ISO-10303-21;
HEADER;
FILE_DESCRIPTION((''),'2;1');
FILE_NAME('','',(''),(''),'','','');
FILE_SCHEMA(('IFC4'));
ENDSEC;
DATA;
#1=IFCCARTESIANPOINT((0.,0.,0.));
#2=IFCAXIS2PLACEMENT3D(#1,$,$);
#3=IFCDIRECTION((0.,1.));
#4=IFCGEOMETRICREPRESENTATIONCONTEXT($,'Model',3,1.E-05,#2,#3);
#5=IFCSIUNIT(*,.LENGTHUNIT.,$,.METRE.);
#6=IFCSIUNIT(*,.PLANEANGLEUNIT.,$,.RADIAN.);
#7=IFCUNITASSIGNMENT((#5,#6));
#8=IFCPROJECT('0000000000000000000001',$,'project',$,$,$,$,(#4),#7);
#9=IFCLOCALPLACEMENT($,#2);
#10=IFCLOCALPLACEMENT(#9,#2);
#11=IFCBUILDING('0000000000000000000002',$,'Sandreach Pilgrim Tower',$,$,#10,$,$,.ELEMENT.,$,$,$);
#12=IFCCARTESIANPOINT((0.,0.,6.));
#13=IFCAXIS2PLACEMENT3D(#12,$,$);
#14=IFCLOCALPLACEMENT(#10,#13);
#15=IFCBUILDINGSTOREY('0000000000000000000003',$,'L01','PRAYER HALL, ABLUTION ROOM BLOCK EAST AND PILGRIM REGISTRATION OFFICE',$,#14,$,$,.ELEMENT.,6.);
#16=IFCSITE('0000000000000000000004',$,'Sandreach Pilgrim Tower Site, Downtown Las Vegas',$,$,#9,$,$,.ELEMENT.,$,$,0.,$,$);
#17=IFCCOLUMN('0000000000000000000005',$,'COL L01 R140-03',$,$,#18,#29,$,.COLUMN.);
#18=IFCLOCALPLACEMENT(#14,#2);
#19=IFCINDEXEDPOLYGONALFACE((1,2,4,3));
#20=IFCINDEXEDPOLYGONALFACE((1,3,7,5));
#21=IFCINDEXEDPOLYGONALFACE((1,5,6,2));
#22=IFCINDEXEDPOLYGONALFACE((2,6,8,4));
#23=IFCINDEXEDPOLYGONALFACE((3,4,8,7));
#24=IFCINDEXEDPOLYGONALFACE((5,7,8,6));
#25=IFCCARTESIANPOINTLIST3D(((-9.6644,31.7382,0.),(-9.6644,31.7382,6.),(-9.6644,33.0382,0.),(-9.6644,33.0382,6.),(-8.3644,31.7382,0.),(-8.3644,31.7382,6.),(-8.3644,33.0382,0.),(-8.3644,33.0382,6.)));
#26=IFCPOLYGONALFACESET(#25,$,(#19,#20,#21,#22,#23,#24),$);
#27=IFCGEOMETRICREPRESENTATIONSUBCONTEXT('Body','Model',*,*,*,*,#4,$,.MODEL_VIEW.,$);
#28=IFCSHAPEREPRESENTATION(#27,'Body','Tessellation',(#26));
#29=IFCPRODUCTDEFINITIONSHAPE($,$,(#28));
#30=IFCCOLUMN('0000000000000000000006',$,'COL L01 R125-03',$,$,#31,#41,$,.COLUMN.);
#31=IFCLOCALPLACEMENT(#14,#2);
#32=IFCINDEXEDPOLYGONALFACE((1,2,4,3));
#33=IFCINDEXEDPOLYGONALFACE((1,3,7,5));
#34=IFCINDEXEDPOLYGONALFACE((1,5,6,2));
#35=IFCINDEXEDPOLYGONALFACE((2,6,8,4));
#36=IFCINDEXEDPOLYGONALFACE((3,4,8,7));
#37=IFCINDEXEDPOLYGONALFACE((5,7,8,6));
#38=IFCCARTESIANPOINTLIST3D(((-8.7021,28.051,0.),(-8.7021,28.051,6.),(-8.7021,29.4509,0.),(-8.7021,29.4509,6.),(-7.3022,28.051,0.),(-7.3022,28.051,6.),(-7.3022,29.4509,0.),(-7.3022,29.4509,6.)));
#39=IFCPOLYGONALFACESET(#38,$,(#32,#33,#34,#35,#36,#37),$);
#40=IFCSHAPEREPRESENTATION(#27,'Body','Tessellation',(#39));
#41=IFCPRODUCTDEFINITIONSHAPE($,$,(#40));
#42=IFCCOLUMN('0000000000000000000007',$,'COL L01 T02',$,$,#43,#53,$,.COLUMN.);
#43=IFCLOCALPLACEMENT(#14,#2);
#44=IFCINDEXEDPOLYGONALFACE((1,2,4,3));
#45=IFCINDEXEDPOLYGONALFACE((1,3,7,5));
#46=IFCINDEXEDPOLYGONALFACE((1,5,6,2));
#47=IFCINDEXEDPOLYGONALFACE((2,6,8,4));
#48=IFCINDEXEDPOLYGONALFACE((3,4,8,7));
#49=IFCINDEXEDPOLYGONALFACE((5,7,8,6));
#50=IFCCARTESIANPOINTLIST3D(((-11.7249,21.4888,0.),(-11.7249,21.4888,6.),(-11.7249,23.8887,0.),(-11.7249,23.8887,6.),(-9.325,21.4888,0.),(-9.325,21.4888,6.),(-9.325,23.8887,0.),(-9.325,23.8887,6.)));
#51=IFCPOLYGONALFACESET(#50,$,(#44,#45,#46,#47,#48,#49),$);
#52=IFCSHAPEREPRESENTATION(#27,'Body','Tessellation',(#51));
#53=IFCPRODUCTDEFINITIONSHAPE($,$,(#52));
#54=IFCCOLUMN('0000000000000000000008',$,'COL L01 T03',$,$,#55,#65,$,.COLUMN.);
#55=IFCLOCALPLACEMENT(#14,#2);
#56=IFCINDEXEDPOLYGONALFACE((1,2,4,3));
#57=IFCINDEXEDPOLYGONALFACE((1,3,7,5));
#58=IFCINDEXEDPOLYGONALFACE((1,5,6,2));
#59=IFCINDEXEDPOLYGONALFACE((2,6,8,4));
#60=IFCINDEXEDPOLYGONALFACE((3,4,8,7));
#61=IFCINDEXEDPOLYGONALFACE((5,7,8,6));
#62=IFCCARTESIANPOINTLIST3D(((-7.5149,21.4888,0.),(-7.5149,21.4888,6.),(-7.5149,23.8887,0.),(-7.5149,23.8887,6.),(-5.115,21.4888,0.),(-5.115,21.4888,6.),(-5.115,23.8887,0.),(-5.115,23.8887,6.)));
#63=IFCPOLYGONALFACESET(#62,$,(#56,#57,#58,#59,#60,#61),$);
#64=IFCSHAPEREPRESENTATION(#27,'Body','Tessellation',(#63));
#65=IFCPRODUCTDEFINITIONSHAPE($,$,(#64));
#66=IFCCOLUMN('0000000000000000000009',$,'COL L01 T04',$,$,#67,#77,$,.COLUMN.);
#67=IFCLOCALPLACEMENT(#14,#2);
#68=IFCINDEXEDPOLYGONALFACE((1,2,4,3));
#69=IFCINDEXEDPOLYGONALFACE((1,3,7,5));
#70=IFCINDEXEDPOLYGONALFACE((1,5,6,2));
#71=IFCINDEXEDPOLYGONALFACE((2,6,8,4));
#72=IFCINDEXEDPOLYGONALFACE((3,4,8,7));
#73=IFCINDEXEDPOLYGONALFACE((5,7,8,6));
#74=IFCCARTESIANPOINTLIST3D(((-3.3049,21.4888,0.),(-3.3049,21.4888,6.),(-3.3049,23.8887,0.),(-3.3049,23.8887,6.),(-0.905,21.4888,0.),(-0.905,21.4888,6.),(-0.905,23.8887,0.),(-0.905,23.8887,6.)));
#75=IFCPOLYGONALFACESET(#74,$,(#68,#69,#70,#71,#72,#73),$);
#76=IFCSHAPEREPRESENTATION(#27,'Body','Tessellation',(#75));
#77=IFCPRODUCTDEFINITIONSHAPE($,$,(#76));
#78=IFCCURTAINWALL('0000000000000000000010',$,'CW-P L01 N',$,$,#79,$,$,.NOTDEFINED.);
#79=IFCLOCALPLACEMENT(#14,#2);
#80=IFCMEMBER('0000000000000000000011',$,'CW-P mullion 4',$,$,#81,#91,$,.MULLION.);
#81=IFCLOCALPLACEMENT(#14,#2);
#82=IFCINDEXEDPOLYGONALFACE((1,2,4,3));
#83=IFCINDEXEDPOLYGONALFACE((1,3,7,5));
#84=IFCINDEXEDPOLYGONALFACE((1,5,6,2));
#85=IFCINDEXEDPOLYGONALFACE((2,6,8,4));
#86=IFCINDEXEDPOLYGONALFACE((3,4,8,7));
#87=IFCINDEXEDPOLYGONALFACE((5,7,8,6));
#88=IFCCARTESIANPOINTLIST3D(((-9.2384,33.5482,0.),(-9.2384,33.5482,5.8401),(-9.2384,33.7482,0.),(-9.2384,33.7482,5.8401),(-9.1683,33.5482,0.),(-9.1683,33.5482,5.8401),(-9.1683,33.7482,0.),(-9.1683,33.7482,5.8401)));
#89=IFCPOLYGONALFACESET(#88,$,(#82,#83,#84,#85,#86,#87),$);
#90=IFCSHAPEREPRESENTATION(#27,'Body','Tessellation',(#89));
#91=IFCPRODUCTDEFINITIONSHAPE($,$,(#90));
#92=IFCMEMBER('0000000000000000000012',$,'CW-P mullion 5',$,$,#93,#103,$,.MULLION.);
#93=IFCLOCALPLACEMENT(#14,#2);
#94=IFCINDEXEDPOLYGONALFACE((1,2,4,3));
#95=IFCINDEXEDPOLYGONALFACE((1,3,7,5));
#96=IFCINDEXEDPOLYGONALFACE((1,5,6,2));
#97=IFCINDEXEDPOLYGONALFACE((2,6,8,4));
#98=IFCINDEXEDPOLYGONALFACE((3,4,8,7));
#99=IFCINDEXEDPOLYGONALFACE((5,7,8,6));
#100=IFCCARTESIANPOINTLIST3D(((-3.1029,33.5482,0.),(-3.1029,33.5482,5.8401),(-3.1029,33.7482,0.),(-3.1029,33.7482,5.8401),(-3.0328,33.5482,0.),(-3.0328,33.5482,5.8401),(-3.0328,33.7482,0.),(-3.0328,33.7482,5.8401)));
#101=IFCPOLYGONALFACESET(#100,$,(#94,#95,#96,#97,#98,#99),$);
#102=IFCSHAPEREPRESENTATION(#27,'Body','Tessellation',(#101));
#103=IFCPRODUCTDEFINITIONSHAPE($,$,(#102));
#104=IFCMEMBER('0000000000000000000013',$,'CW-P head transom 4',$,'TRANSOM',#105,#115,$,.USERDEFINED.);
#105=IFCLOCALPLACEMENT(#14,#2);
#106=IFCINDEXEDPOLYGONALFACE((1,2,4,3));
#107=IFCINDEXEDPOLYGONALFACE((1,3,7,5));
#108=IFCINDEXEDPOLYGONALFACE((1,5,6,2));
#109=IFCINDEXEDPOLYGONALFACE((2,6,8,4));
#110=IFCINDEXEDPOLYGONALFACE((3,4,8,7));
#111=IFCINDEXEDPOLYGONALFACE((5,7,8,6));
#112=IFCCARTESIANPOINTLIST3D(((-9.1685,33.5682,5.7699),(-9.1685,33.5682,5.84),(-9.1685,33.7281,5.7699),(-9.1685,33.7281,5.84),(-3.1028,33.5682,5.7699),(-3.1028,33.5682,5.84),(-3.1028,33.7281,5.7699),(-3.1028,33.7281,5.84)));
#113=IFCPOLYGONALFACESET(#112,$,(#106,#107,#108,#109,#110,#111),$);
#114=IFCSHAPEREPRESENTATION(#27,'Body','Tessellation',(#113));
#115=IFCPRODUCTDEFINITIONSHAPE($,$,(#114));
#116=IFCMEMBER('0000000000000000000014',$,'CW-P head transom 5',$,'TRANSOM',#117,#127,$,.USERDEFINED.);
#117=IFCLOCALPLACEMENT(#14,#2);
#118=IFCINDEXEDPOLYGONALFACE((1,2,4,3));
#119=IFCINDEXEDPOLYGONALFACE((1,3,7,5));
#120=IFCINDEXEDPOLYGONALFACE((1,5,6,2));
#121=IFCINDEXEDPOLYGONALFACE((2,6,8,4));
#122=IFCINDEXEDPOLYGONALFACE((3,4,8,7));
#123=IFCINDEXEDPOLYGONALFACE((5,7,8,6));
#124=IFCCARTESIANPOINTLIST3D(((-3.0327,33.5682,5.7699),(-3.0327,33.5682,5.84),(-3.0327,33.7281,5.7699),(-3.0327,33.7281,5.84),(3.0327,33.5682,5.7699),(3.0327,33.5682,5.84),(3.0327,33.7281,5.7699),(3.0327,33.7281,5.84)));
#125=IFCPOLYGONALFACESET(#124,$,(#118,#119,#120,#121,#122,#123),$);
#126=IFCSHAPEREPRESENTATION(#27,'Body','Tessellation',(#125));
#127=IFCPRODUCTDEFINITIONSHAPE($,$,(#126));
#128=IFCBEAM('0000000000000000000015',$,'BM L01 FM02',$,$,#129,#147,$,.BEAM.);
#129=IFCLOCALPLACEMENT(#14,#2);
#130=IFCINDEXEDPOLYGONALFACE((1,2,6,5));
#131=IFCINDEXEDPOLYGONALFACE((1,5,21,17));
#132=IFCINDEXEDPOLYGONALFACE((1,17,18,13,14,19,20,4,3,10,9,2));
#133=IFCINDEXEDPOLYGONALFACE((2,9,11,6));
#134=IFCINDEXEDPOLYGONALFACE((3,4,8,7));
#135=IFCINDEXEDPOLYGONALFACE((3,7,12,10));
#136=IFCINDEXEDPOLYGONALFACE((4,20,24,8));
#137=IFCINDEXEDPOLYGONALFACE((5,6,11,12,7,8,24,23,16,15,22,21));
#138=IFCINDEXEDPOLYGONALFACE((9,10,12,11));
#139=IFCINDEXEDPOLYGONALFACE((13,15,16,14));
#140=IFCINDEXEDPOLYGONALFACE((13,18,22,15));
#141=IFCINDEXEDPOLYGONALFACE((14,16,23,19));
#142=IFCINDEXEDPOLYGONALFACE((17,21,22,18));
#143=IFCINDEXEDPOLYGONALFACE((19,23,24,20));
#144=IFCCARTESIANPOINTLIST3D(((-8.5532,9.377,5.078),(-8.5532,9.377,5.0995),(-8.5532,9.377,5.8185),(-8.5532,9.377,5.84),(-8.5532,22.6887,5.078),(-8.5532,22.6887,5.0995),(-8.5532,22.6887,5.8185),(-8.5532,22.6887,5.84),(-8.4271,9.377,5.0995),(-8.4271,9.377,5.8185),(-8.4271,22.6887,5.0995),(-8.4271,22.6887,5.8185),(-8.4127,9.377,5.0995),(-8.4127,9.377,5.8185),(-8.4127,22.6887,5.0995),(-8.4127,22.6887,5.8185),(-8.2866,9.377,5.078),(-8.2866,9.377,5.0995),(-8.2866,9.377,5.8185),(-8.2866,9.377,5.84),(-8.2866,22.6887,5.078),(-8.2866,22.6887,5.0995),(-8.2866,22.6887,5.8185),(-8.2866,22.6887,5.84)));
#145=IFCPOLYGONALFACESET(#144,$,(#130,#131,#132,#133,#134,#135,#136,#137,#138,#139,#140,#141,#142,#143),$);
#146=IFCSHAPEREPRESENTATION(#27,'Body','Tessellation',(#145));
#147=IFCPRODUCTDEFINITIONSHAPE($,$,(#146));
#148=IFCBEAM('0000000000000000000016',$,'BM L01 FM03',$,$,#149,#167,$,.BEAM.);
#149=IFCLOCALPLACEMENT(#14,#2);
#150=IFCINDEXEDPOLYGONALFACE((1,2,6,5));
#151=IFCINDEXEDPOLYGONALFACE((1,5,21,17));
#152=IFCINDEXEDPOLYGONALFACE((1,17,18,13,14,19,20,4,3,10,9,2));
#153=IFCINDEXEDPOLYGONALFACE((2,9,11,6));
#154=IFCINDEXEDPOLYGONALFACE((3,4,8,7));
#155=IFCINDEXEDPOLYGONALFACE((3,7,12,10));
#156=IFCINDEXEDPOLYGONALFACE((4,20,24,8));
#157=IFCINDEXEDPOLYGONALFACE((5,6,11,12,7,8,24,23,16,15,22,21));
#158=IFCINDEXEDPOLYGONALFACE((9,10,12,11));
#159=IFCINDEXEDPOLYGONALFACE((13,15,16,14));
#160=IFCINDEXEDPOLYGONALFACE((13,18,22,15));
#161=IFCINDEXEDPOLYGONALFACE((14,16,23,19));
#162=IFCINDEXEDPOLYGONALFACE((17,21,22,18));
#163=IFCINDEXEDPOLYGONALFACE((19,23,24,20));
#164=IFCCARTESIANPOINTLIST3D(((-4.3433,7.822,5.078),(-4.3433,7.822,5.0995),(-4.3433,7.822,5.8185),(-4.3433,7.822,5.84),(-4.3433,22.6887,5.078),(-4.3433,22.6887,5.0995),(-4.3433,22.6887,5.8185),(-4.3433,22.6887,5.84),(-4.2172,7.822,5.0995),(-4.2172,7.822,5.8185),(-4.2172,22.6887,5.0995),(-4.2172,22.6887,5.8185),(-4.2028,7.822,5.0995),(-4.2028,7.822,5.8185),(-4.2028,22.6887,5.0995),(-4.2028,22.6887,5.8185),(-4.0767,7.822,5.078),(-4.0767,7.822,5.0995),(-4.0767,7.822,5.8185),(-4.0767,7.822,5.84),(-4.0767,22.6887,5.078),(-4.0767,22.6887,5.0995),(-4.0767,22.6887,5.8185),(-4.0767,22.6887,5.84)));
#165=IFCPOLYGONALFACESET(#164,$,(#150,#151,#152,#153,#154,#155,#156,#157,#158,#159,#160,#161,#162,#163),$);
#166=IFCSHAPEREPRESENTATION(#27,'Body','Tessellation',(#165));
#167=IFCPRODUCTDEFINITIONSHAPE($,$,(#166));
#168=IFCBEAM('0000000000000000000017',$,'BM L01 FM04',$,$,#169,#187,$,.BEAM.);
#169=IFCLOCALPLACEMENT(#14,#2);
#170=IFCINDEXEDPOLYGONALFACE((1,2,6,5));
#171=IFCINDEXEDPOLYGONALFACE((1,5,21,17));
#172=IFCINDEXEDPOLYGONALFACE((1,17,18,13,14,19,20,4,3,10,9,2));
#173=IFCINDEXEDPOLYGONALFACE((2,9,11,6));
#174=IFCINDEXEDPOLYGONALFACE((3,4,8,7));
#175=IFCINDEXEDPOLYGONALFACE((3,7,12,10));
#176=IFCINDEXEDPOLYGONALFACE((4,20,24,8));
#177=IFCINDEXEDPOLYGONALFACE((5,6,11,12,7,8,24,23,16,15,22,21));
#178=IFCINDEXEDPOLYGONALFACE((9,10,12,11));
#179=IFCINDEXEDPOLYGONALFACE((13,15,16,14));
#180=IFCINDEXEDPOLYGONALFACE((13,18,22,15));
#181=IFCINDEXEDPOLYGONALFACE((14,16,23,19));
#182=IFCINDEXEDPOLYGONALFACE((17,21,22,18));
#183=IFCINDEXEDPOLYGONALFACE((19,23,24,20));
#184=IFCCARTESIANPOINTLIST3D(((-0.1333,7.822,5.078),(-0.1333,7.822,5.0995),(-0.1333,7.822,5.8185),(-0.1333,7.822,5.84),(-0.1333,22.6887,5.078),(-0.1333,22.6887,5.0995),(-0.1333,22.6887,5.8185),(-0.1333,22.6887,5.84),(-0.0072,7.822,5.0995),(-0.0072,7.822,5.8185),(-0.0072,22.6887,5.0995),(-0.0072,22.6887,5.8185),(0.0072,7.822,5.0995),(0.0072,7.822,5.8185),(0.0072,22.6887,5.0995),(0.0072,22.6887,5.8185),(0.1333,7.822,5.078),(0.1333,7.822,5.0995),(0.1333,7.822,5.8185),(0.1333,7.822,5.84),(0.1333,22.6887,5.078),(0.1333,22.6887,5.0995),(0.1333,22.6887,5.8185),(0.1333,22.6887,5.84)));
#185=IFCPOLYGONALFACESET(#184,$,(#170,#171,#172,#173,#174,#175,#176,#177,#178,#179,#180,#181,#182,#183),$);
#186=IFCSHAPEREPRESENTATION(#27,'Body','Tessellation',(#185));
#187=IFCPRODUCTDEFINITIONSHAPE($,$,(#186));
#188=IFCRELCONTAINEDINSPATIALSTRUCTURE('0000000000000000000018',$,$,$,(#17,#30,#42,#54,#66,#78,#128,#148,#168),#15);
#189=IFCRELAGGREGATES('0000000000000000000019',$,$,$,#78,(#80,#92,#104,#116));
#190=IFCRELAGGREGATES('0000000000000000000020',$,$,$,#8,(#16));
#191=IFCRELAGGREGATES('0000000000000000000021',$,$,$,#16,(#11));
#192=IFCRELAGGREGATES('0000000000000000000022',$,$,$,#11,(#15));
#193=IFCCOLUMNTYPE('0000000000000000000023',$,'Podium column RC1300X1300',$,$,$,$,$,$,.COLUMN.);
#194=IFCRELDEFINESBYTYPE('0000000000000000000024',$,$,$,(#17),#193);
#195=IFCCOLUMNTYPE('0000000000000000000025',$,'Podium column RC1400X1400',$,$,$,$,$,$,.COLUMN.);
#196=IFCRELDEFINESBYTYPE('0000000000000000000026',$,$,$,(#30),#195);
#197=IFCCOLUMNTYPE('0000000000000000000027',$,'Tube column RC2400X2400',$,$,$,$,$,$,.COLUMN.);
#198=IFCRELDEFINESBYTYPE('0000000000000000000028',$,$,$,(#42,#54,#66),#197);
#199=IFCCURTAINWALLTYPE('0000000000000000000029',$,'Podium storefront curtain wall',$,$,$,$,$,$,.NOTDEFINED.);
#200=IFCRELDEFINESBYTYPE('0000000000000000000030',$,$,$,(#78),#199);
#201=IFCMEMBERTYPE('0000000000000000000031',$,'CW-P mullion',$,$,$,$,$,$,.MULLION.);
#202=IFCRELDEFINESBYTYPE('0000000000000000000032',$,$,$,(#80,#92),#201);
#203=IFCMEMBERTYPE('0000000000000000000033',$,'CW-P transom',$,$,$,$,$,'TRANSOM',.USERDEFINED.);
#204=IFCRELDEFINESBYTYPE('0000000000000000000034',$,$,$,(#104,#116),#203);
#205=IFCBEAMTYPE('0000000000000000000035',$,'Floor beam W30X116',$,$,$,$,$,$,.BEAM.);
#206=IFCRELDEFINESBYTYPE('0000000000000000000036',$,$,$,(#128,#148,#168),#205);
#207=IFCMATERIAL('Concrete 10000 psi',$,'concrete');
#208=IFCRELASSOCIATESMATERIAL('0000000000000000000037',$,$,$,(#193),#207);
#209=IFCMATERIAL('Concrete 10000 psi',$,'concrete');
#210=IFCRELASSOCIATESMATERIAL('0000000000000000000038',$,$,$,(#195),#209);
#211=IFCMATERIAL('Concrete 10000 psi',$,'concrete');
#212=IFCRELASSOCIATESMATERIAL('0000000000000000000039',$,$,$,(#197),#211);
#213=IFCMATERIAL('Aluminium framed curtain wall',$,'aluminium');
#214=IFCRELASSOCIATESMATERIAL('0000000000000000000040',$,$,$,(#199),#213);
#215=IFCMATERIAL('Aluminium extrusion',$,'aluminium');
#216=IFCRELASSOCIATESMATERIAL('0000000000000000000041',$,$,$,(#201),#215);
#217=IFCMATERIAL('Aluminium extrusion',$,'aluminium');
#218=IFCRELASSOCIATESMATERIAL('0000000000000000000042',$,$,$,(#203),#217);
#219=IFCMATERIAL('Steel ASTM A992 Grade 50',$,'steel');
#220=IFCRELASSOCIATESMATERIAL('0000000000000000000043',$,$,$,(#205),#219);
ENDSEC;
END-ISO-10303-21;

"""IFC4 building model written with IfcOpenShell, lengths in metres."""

from ifc_helpers import new_model, si_unit, direction, frame, origin, origin_2d, place, context, subcontext, project, spatial, rectangle, i_section, extrude, material, material_profile, profile_set, type_object, element, aggregate, save


model = new_model("IFC4")

# Units and contexts
model_context = context("Model", 3, precision=1e-05, world=origin(), true_north=direction((0.0, 1.0)))
body_context = subcontext(model_context, "Body", "Model", "MODEL_VIEW")
ifc_project = project(units=[si_unit("LENGTHUNIT", "METRE"), si_unit("PLANEANGLEUNIT", "RADIAN")], contexts=[model_context])

# Site, building, storey
site_placement = place(None, origin())
site = spatial("IfcSite", under=ifc_project, at=site_placement, Name="Sandreach Pilgrim Tower Site, Downtown Las Vegas", CompositionType="ELEMENT", RefElevation=0.0)
building_placement = place(site_placement, origin())
building = spatial("IfcBuilding", under=site, at=building_placement, Name="Sandreach Pilgrim Tower", CompositionType="ELEMENT")
storey_placement = place(building_placement, frame((0.0, 0.0, 6.0)))
storey = spatial("IfcBuildingStorey", under=building, at=storey_placement, Name="L01", Description="PRAYER HALL, ABLUTION ROOM BLOCK EAST AND PILGRIM REGISTRATION OFFICE", CompositionType="ELEMENT", Elevation=6.0)

# Columns
ifc_material_1 = material(Name="Concrete 10000 psi", Category="concrete")
ifc_material_profile_1 = material_profile(ifc_material_1, rectangle(XDim=1.3, YDim=1.3, at=origin_2d()), Name="RC1300X1300")
ifc_profile_set_1 = profile_set([ifc_material_profile_1], Name="Concrete 10000 psi")
column_type_1 = type_object("IfcColumnType", Name="Podium column RC1300X1300", PredefinedType="COLUMN", material=ifc_profile_set_1)
column_1_placement = place(storey_placement, frame((-9.0144, 32.3882, 0.0), z_axis=(0.0, 0.0, 1.0), x_axis=(0.0, 1.0, 0.0)))
element("IfcColumn", 1, at=column_1_placement, inside=storey, type_object=column_type_1, Name="COL L01 R140-03", PredefinedType="COLUMN", context=body_context, shape_type="SweptSolid", body=[
    extrude(rectangle(XDim=1.3, YDim=1.3, at=origin_2d()), origin(), (0.0, 0.0, 1.0), 6.0),
])
ifc_material_2 = material(Name="Concrete 10000 psi", Category="concrete")
ifc_material_profile_2 = material_profile(ifc_material_2, rectangle(XDim=1.3999, YDim=1.3999, at=origin_2d()), Name="RC1400X1400")
ifc_profile_set_2 = profile_set([ifc_material_profile_2], Name="Concrete 10000 psi")
column_type_2 = type_object("IfcColumnType", Name="Podium column RC1400X1400", PredefinedType="COLUMN", material=ifc_profile_set_2)
column_2_placement = place(storey_placement, frame((-8.0022, 28.751, 0.0), z_axis=(0.0, 0.0, 1.0), x_axis=(0.0, 1.0, 0.0)))
element("IfcColumn", 2, at=column_2_placement, inside=storey, type_object=column_type_2, Name="COL L01 R125-03", PredefinedType="COLUMN", context=body_context, shape_type="SweptSolid", body=[
    extrude(rectangle(XDim=1.3999, YDim=1.3999, at=origin_2d()), origin(), (0.0, 0.0, 1.0), 6.0),
])
ifc_material_3 = material(Name="Concrete 10000 psi", Category="concrete")
ifc_material_profile_3 = material_profile(ifc_material_3, rectangle(XDim=2.3999, YDim=2.3999, at=origin_2d()), Name="RC2400X2400")
ifc_profile_set_3 = profile_set([ifc_material_profile_3], Name="Concrete 10000 psi")
column_type_3 = type_object("IfcColumnType", Name="Tube column RC2400X2400", PredefinedType="COLUMN", material=ifc_profile_set_3)
for number, where, z_axis, x_axis, name in (
    (3, (-10.5249, 22.6887, 0.0), (0.0, 0.0, 1.0), (0.0, 1.0, 0.0), "COL L01 T02"),
    (4, (-6.3149, 22.6887, 0.0), (0.0, 0.0, 1.0), (0.0, 1.0, 0.0), "COL L01 T03"),
    (5, (-2.105, 22.6887, 0.0), (0.0, 0.0, 1.0), (0.0, 1.0, 0.0), "COL L01 T04"),
):
    element("IfcColumn", number, at=place(storey_placement, frame(where, z_axis=z_axis, x_axis=x_axis)), inside=storey, type_object=column_type_3, Name=name, PredefinedType="COLUMN", context=body_context, shape_type="SweptSolid", body=[
        extrude(rectangle(XDim=2.3999, YDim=2.3999, at=origin_2d()), origin(), (0.0, 0.0, 1.0), 6.0),
    ])

# Curtain wall, members
ifc_material_4 = material(Name="Aluminium framed curtain wall", Category="aluminium")
curtain_wall_type = type_object("IfcCurtainWallType", Name="Podium storefront curtain wall", PredefinedType="NOTDEFINED", material=ifc_material_4)
curtain_wall_placement = place(storey_placement, origin())
curtain_wall = element("IfcCurtainWall", 6, at=curtain_wall_placement, inside=storey, type_object=curtain_wall_type, Name="CW-P L01 N", PredefinedType="NOTDEFINED")
ifc_material_5 = material(Name="Aluminium extrusion", Category="aluminium")
ifc_material_profile_4 = material_profile(ifc_material_5, rectangle(XDim=0.0701, YDim=0.2, at=origin_2d()), Name="CW-PM 70X200")
ifc_profile_set_4 = profile_set([ifc_material_profile_4], Name="Aluminium extrusion")
member_type_1 = type_object("IfcMemberType", Name="CW-P mullion", PredefinedType="MULLION", material=ifc_profile_set_4)
member_1_placement = place(storey_placement, frame((-9.2034, 33.6482, 0.0), z_axis=(0.0, 0.0, 1.0), x_axis=(1.0, 0.0, 0.0)))
member_1 = element("IfcMember", 7, at=member_1_placement, type_object=member_type_1, Name="CW-P mullion 4", PredefinedType="MULLION", context=body_context, shape_type="SweptSolid", body=[
    extrude(rectangle(XDim=0.0701, YDim=0.2, at=origin_2d()), origin(), (0.0, 0.0, 1.0), 5.8401),
])
member_2_placement = place(storey_placement, frame((-3.0679, 33.6482, 0.0), z_axis=(0.0, 0.0, 1.0), x_axis=(1.0, 0.0, 0.0)))
member_2 = element("IfcMember", 8, at=member_2_placement, type_object=member_type_1, Name="CW-P mullion 5", PredefinedType="MULLION", context=body_context, shape_type="SweptSolid", body=[
    extrude(rectangle(XDim=0.0701, YDim=0.2, at=origin_2d()), origin(), (0.0, 0.0, 1.0), 5.8401),
])
ifc_material_6 = material(Name="Aluminium extrusion", Category="aluminium")
ifc_material_profile_5 = material_profile(ifc_material_6, rectangle(XDim=0.1599, YDim=0.0701, at=origin_2d()), Name="CW-PT 160X70")
ifc_profile_set_5 = profile_set([ifc_material_profile_5], Name="Aluminium extrusion")
member_type_2 = type_object("IfcMemberType", Name="CW-P transom", ElementType="TRANSOM", PredefinedType="USERDEFINED", material=ifc_profile_set_5)
member_3_placement = place(storey_placement, frame((-9.1685, 33.6482, 5.8049), z_axis=(1.0, 0.0, 0.0), x_axis=(0.0, 1.0, 0.0)))
member_3 = element("IfcMember", 9, at=member_3_placement, type_object=member_type_2, Name="CW-P head transom 4", ObjectType="TRANSOM", PredefinedType="USERDEFINED", context=body_context, shape_type="SweptSolid", body=[
    extrude(rectangle(XDim=0.1599, YDim=0.0701, at=origin_2d()), origin(), (0.0, 0.0, 1.0), 6.0657),
])
member_4_placement = place(storey_placement, frame((-3.0327, 33.6482, 5.8049), z_axis=(1.0, 0.0, 0.0), x_axis=(0.0, 1.0, 0.0)))
member_4 = element("IfcMember", 10, at=member_4_placement, type_object=member_type_2, Name="CW-P head transom 5", ObjectType="TRANSOM", PredefinedType="USERDEFINED", context=body_context, shape_type="SweptSolid", body=[
    extrude(rectangle(XDim=0.1599, YDim=0.0701, at=origin_2d()), origin(), (0.0, 0.0, 1.0), 6.0654),
])

# Beams
ifc_material_7 = material(Name="Steel ASTM A992 Grade 50", Category="steel")
ifc_material_profile_6 = material_profile(ifc_material_7, i_section(OverallWidth=0.2666, OverallDepth=0.762, WebThickness=0.0144, FlangeThickness=0.0215, at=origin_2d()), Name="W30X116")
ifc_profile_set_6 = profile_set([ifc_material_profile_6], Name="Steel ASTM A992 Grade 50")
beam_type_1 = type_object("IfcBeamType", Name="Floor beam W30X116", PredefinedType="BEAM", material=ifc_profile_set_6)
beam_1_placement = place(storey_placement, frame((-8.4199, 22.6887, 5.459), z_axis=(0.0, -1.0, 0.0), x_axis=(1.0, 0.0, 0.0)))
element("IfcBeam", 11, at=beam_1_placement, inside=storey, type_object=beam_type_1, Name="BM L01 FM02", PredefinedType="BEAM", context=body_context, shape_type="SweptSolid", body=[
    extrude(i_section(OverallWidth=0.2666, OverallDepth=0.762, WebThickness=0.0144, FlangeThickness=0.0215, at=origin_2d()), origin(), (0.0, 0.0, 1.0), 13.3118),
])
for number, where, z_axis, x_axis, name in (
    (12, (-4.21, 22.6887, 5.459), (0.0, -1.0, 0.0), (1.0, 0.0, 0.0), "BM L01 FM03"),
    (13, (0.0, 22.6887, 5.459), (0.0, -1.0, 0.0), (1.0, 0.0, 0.0), "BM L01 FM04"),
):
    element("IfcBeam", number, at=place(storey_placement, frame(where, z_axis=z_axis, x_axis=x_axis)), inside=storey, type_object=beam_type_1, Name=name, PredefinedType="BEAM", context=body_context, shape_type="SweptSolid", body=[
        extrude(i_section(OverallWidth=0.2666, OverallDepth=0.762, WebThickness=0.0144, FlangeThickness=0.0215, at=origin_2d()), origin(), (0.0, 0.0, 1.0), 14.8667),
    ])

aggregate(curtain_wall, [member_1, member_2, member_3, member_4])

save(model, "model.ifc")
